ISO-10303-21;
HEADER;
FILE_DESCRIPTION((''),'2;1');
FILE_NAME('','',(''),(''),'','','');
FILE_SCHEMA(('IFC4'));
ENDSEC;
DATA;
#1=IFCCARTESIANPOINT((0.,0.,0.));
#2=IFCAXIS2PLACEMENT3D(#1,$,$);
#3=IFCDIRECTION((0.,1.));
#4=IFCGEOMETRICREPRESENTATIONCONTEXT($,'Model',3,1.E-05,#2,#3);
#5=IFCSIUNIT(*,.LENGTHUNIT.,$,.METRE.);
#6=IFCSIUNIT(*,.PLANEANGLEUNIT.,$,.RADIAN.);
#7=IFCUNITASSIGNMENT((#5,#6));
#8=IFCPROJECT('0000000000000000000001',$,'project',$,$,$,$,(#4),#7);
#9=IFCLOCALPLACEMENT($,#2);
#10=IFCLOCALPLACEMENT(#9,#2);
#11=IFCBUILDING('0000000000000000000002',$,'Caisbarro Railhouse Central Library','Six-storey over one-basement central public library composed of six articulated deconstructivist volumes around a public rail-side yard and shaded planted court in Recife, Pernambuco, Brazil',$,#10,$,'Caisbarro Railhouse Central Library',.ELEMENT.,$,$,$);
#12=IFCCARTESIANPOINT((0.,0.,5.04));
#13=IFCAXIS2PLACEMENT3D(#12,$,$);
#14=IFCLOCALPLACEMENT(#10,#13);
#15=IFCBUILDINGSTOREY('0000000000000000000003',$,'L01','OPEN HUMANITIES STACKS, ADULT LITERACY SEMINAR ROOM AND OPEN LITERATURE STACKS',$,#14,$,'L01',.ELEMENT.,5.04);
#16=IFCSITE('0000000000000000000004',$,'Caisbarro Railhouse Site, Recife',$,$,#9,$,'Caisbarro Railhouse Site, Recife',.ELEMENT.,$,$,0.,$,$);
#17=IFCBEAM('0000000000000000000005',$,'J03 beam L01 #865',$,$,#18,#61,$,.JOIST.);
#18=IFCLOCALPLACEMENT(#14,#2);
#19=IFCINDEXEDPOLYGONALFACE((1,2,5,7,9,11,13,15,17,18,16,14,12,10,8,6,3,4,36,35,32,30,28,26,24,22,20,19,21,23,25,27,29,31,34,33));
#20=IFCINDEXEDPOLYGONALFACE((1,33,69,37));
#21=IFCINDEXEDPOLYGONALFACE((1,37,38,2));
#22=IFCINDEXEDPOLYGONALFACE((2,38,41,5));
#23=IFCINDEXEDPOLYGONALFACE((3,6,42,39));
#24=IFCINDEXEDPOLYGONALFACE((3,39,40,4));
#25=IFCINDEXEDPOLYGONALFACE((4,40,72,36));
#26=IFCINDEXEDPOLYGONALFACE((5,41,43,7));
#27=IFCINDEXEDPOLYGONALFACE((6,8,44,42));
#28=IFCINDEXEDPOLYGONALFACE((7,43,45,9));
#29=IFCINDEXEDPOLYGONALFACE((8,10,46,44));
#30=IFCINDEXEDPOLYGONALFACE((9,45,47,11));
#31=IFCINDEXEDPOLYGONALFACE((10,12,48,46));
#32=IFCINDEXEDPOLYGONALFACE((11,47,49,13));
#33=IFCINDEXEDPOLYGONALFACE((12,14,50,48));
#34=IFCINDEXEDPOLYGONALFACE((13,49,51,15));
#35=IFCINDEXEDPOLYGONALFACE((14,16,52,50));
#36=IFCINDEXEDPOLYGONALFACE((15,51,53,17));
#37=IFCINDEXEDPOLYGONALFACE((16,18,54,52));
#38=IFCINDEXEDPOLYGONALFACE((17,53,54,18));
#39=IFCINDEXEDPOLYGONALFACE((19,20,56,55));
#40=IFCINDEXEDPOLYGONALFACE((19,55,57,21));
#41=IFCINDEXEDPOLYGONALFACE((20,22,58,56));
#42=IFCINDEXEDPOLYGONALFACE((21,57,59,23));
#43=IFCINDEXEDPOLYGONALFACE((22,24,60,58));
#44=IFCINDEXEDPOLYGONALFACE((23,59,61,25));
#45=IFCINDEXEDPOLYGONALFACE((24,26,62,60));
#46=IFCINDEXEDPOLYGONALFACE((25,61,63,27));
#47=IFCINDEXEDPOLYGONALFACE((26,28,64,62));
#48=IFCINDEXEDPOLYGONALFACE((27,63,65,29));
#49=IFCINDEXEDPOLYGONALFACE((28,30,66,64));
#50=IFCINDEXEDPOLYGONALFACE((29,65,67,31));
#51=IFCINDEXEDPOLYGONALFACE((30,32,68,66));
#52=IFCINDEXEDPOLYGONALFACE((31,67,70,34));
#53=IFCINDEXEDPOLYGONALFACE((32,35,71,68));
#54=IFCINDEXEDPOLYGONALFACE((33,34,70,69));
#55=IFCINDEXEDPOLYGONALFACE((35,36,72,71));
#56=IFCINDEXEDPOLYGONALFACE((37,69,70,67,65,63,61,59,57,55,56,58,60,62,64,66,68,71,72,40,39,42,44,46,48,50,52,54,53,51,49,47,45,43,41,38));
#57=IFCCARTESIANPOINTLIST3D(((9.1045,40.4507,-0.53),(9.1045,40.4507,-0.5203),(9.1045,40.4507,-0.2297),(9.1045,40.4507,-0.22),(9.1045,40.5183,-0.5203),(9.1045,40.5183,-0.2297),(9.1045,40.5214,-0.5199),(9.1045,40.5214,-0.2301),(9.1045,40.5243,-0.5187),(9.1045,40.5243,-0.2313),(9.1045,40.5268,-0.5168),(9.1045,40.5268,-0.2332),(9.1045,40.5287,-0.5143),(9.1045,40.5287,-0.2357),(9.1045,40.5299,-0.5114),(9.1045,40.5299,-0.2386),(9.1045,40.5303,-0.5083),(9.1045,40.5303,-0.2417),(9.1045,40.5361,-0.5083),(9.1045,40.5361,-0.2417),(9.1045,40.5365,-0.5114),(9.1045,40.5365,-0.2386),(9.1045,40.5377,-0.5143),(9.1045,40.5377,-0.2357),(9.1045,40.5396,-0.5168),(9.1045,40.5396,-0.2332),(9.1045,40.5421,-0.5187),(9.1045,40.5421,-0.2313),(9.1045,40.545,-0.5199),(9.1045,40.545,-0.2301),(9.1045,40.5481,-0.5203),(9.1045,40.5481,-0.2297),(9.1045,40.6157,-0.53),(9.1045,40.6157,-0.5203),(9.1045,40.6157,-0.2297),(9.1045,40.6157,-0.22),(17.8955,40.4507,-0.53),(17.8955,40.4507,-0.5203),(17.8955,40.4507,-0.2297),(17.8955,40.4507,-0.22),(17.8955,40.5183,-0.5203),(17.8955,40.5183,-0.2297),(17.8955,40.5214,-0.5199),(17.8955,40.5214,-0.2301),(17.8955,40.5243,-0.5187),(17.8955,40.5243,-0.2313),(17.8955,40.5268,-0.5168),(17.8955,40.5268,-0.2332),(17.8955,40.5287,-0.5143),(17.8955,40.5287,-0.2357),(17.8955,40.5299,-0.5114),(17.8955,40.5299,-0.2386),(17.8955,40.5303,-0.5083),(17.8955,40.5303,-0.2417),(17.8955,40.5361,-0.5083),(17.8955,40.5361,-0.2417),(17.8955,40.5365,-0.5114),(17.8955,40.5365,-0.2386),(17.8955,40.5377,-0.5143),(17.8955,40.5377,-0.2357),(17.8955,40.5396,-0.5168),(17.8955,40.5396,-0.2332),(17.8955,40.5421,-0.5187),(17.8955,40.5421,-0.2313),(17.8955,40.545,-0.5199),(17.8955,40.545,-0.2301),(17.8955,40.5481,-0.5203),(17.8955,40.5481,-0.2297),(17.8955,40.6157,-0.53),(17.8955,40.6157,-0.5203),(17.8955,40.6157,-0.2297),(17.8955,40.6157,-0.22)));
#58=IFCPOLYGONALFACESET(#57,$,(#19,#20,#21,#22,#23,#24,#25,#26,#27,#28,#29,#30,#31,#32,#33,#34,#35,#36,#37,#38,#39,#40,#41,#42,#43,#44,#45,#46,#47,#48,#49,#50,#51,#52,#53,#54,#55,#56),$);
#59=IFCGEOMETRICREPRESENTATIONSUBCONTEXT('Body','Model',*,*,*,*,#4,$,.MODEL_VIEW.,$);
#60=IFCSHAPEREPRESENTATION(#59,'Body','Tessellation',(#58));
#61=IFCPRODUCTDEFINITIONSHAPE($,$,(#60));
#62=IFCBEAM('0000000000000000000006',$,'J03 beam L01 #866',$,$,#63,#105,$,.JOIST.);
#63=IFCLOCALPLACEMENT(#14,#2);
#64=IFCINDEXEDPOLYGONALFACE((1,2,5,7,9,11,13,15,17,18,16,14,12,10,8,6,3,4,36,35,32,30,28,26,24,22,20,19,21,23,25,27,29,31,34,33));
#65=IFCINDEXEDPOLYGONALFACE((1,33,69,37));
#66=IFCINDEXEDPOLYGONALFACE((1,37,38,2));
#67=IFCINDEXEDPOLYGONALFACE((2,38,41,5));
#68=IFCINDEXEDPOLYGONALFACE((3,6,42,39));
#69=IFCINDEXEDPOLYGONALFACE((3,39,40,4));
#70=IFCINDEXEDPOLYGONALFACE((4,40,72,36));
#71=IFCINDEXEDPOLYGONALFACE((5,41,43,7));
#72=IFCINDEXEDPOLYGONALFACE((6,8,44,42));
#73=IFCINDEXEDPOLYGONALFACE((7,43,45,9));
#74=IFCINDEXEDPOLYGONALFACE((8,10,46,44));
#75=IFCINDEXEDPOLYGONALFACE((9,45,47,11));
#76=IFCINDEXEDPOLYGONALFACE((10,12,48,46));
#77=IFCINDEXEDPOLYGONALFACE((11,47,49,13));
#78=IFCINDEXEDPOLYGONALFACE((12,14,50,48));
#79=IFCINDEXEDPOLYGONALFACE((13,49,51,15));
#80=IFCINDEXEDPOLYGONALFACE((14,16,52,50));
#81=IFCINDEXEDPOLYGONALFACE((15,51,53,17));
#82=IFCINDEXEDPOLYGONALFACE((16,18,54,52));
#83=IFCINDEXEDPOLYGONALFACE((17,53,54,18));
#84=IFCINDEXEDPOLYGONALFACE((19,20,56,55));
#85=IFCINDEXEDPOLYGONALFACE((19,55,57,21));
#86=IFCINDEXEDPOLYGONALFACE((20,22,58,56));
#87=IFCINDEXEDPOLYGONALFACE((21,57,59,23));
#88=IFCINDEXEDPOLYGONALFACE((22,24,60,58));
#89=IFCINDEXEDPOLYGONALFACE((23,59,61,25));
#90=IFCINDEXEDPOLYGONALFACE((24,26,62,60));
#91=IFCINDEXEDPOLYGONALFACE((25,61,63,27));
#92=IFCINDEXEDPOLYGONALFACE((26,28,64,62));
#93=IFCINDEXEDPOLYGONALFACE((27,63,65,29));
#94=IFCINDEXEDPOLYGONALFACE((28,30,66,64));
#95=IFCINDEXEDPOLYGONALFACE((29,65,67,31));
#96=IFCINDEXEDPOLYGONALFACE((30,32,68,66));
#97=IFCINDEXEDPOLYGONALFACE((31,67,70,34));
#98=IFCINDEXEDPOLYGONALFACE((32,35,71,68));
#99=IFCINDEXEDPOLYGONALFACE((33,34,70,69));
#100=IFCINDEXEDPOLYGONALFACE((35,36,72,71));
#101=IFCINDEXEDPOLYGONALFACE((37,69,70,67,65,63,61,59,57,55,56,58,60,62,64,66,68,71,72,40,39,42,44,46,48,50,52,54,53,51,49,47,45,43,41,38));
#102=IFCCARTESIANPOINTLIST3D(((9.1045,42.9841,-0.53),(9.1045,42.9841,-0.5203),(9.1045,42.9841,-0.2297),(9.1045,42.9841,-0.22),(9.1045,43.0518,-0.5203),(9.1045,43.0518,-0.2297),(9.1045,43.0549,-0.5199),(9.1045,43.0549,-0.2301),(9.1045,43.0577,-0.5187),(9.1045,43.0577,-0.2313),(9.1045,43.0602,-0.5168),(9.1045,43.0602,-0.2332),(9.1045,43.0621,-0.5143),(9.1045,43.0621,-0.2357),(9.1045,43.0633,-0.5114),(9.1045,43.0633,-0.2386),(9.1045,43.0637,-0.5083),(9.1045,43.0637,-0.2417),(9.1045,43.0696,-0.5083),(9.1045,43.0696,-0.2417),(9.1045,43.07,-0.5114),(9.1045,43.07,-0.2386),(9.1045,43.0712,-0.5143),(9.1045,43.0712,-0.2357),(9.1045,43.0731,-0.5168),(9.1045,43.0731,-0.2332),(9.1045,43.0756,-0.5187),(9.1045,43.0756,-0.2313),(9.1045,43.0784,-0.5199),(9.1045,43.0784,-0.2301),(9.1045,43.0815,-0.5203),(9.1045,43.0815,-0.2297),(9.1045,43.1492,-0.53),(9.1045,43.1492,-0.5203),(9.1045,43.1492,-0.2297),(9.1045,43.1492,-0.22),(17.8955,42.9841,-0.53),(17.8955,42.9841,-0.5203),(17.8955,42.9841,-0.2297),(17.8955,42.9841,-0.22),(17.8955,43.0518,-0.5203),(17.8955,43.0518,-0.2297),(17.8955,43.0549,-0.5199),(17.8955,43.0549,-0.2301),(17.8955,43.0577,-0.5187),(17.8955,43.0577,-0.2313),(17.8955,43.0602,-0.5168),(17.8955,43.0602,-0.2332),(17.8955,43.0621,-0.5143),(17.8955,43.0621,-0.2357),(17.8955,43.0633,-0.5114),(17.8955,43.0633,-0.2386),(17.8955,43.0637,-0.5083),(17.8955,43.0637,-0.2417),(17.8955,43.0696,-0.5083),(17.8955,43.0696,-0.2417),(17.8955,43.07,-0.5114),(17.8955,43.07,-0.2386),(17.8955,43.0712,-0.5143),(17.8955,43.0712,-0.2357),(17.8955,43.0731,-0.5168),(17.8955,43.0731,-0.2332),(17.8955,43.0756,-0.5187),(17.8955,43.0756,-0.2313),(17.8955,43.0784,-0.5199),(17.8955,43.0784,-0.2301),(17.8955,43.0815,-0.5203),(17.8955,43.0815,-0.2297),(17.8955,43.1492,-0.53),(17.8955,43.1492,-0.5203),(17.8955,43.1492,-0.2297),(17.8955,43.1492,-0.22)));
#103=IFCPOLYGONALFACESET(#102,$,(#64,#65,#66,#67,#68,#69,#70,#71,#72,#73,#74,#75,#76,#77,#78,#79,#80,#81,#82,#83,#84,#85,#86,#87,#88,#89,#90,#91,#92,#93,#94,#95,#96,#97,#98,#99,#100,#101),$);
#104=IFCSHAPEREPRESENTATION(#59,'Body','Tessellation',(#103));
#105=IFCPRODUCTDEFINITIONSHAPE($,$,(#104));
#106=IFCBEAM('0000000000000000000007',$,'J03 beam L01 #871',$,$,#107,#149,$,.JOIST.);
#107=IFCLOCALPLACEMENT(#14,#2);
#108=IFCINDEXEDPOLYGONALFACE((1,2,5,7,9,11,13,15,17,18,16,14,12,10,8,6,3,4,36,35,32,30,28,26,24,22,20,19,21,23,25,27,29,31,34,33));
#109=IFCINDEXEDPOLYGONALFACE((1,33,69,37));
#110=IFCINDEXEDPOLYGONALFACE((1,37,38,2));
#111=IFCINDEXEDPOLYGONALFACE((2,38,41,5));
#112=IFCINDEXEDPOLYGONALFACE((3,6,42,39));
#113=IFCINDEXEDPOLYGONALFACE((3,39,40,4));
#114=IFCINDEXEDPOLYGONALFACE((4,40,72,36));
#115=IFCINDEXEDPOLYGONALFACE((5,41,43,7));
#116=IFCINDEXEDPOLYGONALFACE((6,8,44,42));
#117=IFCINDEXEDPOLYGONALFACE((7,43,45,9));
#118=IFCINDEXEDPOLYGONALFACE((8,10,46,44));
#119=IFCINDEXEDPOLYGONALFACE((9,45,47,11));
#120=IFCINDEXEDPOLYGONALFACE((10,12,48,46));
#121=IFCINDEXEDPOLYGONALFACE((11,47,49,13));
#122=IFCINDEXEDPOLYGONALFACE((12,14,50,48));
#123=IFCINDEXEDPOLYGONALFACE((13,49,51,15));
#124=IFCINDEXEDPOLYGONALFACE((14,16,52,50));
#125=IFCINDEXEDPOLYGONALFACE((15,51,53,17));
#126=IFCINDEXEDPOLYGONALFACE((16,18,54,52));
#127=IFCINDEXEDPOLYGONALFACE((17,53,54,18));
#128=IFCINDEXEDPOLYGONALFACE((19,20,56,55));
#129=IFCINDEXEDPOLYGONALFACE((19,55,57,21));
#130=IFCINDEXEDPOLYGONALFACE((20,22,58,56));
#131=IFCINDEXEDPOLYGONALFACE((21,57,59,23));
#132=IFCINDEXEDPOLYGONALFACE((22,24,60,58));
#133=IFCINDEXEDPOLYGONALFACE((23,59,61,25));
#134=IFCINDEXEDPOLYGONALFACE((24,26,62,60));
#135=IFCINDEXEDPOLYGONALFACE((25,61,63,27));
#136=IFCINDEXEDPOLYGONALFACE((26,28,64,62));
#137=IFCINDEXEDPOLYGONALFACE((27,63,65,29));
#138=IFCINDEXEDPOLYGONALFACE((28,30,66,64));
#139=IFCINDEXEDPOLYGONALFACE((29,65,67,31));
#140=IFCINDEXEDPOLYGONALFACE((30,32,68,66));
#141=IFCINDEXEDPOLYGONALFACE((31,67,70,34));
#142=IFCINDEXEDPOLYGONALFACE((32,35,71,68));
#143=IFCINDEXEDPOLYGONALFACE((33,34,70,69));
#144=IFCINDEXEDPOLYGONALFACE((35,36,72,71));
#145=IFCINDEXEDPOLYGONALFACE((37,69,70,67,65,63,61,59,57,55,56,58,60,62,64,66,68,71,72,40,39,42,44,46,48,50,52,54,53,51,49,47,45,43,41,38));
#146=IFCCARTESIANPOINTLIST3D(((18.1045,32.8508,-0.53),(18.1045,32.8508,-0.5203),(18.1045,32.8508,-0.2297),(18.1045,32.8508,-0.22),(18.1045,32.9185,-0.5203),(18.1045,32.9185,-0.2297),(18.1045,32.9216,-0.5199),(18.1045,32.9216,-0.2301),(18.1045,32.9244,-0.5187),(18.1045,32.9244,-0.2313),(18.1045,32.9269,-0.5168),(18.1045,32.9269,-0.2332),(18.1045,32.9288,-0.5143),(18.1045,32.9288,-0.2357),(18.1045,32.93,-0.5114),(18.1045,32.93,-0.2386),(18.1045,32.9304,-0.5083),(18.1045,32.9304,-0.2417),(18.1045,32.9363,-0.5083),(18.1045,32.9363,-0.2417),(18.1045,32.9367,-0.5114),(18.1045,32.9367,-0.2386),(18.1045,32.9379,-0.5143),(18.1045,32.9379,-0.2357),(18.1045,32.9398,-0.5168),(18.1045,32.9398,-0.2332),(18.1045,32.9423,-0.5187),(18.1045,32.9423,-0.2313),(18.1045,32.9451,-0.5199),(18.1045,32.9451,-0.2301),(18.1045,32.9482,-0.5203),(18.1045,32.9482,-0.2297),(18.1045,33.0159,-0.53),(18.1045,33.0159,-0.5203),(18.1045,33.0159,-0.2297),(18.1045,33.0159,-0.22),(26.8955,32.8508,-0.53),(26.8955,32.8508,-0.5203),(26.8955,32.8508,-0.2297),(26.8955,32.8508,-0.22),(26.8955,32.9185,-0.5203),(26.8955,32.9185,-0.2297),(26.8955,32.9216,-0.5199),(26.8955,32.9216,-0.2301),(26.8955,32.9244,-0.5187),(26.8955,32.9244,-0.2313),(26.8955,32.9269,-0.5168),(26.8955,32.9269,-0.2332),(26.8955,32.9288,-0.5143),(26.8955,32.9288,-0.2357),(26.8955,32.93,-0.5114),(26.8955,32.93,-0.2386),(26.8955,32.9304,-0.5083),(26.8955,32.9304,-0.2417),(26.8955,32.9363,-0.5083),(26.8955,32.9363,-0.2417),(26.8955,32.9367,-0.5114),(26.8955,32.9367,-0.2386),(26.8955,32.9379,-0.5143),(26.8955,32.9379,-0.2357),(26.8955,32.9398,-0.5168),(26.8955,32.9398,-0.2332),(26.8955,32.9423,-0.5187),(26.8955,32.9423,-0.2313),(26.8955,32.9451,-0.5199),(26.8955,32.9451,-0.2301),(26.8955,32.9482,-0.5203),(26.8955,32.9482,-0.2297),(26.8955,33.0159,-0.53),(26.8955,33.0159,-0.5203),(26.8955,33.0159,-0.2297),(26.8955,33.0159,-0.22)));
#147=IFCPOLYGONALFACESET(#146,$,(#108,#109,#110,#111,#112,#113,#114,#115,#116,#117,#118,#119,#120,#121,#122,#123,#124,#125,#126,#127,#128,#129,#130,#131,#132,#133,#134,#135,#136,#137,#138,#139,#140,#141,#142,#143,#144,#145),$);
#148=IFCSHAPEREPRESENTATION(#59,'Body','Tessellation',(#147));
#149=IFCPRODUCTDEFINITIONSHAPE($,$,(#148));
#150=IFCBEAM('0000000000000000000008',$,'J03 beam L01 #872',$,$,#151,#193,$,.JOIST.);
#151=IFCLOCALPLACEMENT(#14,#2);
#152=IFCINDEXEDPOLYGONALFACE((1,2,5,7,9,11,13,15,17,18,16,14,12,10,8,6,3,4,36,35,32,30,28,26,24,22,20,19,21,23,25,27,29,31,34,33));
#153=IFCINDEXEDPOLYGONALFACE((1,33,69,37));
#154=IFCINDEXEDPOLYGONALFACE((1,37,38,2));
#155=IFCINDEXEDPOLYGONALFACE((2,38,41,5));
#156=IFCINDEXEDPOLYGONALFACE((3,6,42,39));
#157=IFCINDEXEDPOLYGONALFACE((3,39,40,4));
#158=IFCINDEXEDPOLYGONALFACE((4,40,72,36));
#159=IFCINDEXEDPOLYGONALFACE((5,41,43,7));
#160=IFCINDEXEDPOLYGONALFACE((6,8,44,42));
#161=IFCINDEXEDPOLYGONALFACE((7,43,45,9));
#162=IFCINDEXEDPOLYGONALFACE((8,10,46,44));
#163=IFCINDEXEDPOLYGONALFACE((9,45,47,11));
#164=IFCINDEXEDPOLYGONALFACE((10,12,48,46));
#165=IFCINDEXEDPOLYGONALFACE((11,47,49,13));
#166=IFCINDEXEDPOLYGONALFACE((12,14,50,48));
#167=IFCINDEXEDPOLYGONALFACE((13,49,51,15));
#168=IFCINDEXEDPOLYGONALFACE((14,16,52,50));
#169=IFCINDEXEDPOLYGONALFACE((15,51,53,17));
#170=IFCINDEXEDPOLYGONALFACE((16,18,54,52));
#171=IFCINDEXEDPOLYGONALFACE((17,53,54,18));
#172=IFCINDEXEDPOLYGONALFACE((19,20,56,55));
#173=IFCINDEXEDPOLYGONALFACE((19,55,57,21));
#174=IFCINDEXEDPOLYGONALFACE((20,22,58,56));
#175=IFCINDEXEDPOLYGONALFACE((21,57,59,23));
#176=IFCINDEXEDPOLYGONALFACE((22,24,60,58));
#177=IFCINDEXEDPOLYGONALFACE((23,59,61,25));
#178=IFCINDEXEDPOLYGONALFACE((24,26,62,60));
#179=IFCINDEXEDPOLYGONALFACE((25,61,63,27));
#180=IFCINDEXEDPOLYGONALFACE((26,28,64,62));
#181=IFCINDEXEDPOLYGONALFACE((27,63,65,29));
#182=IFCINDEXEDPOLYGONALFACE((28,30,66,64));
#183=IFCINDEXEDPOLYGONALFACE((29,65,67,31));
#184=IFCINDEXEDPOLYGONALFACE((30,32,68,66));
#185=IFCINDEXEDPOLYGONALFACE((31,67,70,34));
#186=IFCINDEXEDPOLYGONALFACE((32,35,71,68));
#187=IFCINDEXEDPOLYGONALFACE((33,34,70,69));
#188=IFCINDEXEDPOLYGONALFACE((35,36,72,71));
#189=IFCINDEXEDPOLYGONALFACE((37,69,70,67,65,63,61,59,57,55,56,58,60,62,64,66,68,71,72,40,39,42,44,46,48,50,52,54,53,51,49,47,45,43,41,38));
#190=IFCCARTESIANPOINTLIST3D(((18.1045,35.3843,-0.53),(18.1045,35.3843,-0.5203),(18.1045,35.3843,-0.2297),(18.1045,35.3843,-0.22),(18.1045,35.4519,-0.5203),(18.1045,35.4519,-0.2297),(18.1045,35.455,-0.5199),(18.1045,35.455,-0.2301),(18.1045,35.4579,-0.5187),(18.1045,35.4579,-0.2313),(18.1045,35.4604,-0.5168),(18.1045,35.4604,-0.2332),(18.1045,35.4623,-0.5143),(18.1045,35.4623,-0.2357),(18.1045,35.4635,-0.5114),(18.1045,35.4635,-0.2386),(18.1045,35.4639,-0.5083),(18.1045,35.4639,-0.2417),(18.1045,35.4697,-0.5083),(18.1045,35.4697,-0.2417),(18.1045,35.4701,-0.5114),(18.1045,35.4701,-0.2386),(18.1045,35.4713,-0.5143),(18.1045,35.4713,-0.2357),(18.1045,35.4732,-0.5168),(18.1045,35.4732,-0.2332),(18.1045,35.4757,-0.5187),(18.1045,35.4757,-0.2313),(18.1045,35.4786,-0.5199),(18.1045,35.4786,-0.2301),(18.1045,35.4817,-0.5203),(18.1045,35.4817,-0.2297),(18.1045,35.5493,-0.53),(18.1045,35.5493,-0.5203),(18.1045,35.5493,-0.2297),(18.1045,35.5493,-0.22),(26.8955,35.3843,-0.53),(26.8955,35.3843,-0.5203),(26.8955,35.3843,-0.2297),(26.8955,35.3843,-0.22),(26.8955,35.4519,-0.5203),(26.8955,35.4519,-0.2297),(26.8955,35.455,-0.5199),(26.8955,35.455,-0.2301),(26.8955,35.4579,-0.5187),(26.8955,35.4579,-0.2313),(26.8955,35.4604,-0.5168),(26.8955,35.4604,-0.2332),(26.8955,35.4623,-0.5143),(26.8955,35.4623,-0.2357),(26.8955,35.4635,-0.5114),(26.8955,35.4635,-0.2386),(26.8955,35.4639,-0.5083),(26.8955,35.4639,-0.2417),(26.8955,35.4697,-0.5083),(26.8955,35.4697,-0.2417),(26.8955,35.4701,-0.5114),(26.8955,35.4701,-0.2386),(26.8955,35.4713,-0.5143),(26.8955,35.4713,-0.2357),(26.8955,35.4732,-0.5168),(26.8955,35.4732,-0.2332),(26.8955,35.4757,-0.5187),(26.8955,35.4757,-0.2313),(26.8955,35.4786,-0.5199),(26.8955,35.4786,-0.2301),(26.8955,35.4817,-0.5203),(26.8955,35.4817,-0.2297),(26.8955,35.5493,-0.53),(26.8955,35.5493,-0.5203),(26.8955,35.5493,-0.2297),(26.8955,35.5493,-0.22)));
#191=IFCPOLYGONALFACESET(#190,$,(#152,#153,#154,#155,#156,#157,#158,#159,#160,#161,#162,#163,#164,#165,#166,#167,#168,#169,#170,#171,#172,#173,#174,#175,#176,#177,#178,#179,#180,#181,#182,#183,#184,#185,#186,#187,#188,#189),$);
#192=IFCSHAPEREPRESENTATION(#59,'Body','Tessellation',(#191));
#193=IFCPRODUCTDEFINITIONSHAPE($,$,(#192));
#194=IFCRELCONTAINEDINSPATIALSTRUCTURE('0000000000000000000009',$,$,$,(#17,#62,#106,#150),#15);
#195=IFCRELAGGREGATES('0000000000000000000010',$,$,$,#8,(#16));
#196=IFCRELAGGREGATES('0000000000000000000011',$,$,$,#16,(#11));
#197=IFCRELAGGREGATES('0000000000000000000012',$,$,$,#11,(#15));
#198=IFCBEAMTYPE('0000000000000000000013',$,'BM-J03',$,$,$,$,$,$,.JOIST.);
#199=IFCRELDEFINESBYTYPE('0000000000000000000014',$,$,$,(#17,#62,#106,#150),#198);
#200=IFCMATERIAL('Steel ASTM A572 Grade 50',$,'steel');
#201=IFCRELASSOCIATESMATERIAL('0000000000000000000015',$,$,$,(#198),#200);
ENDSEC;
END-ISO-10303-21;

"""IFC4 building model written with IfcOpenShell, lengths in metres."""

from ifc_helpers import new_model, si_unit, direction, frame, origin, origin_2d, place, context, subcontext, project, spatial, i_section, extrude, material, material_profile, profile_set, type_object, element, save


model = new_model("IFC4")

# Units and contexts
model_context = context("Model", 3, precision=1e-05, world=origin(), true_north=direction((0.0, 1.0)))
body_context = subcontext(model_context, "Body", "Model", "MODEL_VIEW")
ifc_project = project(units=[si_unit("LENGTHUNIT", "METRE"), si_unit("PLANEANGLEUNIT", "RADIAN")], contexts=[model_context])

# Site, building, storey
site_placement = place(None, origin())
site = spatial("IfcSite", under=ifc_project, at=site_placement, Name="Caisbarro Railhouse Site, Recife", LongName="Caisbarro Railhouse Site, Recife", CompositionType="ELEMENT", RefElevation=0.0)
building_placement = place(site_placement, origin())
building = spatial("IfcBuilding", under=site, at=building_placement, Name="Caisbarro Railhouse Central Library", Description="Six-storey over one-basement central public library composed of six articulated deconstructivist volumes around a public rail-side yard and shaded planted court in Recife, Pernambuco, Brazil", LongName="Caisbarro Railhouse Central Library", CompositionType="ELEMENT")
storey_placement = place(building_placement, frame((0.0, 0.0, 5.04)))
storey = spatial("IfcBuildingStorey", under=building, at=storey_placement, Name="L01", Description="OPEN HUMANITIES STACKS, ADULT LITERACY SEMINAR ROOM AND OPEN LITERATURE STACKS", LongName="L01", CompositionType="ELEMENT", Elevation=5.04)

# Shared definitions
ifc_material_1 = material(Name="Steel ASTM A572 Grade 50", Category="steel")

# Beams
ifc_material_profile_1 = material_profile(ifc_material_1, i_section(OverallWidth=0.165, OverallDepth=0.3101, WebThickness=0.0059, FlangeThickness=0.0098, FilletRadius=0.012, at=origin_2d()), Name="W310X38.7")
ifc_profile_set_1 = profile_set([ifc_material_profile_1], Name="Steel ASTM A572 Grade 50")
beam_type_1 = type_object("IfcBeamType", Name="BM-J03", PredefinedType="JOIST", material=ifc_profile_set_1)
for number, where, z_axis, x_axis, name in (
    (1, (9.1045, 40.5332, -0.375), (1.0, 0.0, 0.0), (0.0, 1.0, 0.0), "J03 beam L01 #865"),
    (2, (9.1045, 43.0667, -0.375), (1.0, 0.0, 0.0), (0.0, 1.0, 0.0), "J03 beam L01 #866"),
    (3, (18.1045, 32.9333, -0.375), (1.0, 0.0, 0.0), (0.0, 1.0, 0.0), "J03 beam L01 #871"),
    (4, (18.1045, 35.4668, -0.375), (1.0, 0.0, 0.0), (0.0, 1.0, 0.0), "J03 beam L01 #872"),
):
    element("IfcBeam", number, at=place(storey_placement, frame(where, z_axis=z_axis, x_axis=x_axis)), inside=storey, type_object=beam_type_1, Name=name, PredefinedType="JOIST", context=body_context, shape_type="SweptSolid", body=[
        extrude(i_section(OverallWidth=0.165, OverallDepth=0.3101, WebThickness=0.0059, FlangeThickness=0.0098, FilletRadius=0.012, at=origin_2d()), origin(), (0.0, 0.0, 1.0), 8.791),
    ])

save(model, "model.ifc")
